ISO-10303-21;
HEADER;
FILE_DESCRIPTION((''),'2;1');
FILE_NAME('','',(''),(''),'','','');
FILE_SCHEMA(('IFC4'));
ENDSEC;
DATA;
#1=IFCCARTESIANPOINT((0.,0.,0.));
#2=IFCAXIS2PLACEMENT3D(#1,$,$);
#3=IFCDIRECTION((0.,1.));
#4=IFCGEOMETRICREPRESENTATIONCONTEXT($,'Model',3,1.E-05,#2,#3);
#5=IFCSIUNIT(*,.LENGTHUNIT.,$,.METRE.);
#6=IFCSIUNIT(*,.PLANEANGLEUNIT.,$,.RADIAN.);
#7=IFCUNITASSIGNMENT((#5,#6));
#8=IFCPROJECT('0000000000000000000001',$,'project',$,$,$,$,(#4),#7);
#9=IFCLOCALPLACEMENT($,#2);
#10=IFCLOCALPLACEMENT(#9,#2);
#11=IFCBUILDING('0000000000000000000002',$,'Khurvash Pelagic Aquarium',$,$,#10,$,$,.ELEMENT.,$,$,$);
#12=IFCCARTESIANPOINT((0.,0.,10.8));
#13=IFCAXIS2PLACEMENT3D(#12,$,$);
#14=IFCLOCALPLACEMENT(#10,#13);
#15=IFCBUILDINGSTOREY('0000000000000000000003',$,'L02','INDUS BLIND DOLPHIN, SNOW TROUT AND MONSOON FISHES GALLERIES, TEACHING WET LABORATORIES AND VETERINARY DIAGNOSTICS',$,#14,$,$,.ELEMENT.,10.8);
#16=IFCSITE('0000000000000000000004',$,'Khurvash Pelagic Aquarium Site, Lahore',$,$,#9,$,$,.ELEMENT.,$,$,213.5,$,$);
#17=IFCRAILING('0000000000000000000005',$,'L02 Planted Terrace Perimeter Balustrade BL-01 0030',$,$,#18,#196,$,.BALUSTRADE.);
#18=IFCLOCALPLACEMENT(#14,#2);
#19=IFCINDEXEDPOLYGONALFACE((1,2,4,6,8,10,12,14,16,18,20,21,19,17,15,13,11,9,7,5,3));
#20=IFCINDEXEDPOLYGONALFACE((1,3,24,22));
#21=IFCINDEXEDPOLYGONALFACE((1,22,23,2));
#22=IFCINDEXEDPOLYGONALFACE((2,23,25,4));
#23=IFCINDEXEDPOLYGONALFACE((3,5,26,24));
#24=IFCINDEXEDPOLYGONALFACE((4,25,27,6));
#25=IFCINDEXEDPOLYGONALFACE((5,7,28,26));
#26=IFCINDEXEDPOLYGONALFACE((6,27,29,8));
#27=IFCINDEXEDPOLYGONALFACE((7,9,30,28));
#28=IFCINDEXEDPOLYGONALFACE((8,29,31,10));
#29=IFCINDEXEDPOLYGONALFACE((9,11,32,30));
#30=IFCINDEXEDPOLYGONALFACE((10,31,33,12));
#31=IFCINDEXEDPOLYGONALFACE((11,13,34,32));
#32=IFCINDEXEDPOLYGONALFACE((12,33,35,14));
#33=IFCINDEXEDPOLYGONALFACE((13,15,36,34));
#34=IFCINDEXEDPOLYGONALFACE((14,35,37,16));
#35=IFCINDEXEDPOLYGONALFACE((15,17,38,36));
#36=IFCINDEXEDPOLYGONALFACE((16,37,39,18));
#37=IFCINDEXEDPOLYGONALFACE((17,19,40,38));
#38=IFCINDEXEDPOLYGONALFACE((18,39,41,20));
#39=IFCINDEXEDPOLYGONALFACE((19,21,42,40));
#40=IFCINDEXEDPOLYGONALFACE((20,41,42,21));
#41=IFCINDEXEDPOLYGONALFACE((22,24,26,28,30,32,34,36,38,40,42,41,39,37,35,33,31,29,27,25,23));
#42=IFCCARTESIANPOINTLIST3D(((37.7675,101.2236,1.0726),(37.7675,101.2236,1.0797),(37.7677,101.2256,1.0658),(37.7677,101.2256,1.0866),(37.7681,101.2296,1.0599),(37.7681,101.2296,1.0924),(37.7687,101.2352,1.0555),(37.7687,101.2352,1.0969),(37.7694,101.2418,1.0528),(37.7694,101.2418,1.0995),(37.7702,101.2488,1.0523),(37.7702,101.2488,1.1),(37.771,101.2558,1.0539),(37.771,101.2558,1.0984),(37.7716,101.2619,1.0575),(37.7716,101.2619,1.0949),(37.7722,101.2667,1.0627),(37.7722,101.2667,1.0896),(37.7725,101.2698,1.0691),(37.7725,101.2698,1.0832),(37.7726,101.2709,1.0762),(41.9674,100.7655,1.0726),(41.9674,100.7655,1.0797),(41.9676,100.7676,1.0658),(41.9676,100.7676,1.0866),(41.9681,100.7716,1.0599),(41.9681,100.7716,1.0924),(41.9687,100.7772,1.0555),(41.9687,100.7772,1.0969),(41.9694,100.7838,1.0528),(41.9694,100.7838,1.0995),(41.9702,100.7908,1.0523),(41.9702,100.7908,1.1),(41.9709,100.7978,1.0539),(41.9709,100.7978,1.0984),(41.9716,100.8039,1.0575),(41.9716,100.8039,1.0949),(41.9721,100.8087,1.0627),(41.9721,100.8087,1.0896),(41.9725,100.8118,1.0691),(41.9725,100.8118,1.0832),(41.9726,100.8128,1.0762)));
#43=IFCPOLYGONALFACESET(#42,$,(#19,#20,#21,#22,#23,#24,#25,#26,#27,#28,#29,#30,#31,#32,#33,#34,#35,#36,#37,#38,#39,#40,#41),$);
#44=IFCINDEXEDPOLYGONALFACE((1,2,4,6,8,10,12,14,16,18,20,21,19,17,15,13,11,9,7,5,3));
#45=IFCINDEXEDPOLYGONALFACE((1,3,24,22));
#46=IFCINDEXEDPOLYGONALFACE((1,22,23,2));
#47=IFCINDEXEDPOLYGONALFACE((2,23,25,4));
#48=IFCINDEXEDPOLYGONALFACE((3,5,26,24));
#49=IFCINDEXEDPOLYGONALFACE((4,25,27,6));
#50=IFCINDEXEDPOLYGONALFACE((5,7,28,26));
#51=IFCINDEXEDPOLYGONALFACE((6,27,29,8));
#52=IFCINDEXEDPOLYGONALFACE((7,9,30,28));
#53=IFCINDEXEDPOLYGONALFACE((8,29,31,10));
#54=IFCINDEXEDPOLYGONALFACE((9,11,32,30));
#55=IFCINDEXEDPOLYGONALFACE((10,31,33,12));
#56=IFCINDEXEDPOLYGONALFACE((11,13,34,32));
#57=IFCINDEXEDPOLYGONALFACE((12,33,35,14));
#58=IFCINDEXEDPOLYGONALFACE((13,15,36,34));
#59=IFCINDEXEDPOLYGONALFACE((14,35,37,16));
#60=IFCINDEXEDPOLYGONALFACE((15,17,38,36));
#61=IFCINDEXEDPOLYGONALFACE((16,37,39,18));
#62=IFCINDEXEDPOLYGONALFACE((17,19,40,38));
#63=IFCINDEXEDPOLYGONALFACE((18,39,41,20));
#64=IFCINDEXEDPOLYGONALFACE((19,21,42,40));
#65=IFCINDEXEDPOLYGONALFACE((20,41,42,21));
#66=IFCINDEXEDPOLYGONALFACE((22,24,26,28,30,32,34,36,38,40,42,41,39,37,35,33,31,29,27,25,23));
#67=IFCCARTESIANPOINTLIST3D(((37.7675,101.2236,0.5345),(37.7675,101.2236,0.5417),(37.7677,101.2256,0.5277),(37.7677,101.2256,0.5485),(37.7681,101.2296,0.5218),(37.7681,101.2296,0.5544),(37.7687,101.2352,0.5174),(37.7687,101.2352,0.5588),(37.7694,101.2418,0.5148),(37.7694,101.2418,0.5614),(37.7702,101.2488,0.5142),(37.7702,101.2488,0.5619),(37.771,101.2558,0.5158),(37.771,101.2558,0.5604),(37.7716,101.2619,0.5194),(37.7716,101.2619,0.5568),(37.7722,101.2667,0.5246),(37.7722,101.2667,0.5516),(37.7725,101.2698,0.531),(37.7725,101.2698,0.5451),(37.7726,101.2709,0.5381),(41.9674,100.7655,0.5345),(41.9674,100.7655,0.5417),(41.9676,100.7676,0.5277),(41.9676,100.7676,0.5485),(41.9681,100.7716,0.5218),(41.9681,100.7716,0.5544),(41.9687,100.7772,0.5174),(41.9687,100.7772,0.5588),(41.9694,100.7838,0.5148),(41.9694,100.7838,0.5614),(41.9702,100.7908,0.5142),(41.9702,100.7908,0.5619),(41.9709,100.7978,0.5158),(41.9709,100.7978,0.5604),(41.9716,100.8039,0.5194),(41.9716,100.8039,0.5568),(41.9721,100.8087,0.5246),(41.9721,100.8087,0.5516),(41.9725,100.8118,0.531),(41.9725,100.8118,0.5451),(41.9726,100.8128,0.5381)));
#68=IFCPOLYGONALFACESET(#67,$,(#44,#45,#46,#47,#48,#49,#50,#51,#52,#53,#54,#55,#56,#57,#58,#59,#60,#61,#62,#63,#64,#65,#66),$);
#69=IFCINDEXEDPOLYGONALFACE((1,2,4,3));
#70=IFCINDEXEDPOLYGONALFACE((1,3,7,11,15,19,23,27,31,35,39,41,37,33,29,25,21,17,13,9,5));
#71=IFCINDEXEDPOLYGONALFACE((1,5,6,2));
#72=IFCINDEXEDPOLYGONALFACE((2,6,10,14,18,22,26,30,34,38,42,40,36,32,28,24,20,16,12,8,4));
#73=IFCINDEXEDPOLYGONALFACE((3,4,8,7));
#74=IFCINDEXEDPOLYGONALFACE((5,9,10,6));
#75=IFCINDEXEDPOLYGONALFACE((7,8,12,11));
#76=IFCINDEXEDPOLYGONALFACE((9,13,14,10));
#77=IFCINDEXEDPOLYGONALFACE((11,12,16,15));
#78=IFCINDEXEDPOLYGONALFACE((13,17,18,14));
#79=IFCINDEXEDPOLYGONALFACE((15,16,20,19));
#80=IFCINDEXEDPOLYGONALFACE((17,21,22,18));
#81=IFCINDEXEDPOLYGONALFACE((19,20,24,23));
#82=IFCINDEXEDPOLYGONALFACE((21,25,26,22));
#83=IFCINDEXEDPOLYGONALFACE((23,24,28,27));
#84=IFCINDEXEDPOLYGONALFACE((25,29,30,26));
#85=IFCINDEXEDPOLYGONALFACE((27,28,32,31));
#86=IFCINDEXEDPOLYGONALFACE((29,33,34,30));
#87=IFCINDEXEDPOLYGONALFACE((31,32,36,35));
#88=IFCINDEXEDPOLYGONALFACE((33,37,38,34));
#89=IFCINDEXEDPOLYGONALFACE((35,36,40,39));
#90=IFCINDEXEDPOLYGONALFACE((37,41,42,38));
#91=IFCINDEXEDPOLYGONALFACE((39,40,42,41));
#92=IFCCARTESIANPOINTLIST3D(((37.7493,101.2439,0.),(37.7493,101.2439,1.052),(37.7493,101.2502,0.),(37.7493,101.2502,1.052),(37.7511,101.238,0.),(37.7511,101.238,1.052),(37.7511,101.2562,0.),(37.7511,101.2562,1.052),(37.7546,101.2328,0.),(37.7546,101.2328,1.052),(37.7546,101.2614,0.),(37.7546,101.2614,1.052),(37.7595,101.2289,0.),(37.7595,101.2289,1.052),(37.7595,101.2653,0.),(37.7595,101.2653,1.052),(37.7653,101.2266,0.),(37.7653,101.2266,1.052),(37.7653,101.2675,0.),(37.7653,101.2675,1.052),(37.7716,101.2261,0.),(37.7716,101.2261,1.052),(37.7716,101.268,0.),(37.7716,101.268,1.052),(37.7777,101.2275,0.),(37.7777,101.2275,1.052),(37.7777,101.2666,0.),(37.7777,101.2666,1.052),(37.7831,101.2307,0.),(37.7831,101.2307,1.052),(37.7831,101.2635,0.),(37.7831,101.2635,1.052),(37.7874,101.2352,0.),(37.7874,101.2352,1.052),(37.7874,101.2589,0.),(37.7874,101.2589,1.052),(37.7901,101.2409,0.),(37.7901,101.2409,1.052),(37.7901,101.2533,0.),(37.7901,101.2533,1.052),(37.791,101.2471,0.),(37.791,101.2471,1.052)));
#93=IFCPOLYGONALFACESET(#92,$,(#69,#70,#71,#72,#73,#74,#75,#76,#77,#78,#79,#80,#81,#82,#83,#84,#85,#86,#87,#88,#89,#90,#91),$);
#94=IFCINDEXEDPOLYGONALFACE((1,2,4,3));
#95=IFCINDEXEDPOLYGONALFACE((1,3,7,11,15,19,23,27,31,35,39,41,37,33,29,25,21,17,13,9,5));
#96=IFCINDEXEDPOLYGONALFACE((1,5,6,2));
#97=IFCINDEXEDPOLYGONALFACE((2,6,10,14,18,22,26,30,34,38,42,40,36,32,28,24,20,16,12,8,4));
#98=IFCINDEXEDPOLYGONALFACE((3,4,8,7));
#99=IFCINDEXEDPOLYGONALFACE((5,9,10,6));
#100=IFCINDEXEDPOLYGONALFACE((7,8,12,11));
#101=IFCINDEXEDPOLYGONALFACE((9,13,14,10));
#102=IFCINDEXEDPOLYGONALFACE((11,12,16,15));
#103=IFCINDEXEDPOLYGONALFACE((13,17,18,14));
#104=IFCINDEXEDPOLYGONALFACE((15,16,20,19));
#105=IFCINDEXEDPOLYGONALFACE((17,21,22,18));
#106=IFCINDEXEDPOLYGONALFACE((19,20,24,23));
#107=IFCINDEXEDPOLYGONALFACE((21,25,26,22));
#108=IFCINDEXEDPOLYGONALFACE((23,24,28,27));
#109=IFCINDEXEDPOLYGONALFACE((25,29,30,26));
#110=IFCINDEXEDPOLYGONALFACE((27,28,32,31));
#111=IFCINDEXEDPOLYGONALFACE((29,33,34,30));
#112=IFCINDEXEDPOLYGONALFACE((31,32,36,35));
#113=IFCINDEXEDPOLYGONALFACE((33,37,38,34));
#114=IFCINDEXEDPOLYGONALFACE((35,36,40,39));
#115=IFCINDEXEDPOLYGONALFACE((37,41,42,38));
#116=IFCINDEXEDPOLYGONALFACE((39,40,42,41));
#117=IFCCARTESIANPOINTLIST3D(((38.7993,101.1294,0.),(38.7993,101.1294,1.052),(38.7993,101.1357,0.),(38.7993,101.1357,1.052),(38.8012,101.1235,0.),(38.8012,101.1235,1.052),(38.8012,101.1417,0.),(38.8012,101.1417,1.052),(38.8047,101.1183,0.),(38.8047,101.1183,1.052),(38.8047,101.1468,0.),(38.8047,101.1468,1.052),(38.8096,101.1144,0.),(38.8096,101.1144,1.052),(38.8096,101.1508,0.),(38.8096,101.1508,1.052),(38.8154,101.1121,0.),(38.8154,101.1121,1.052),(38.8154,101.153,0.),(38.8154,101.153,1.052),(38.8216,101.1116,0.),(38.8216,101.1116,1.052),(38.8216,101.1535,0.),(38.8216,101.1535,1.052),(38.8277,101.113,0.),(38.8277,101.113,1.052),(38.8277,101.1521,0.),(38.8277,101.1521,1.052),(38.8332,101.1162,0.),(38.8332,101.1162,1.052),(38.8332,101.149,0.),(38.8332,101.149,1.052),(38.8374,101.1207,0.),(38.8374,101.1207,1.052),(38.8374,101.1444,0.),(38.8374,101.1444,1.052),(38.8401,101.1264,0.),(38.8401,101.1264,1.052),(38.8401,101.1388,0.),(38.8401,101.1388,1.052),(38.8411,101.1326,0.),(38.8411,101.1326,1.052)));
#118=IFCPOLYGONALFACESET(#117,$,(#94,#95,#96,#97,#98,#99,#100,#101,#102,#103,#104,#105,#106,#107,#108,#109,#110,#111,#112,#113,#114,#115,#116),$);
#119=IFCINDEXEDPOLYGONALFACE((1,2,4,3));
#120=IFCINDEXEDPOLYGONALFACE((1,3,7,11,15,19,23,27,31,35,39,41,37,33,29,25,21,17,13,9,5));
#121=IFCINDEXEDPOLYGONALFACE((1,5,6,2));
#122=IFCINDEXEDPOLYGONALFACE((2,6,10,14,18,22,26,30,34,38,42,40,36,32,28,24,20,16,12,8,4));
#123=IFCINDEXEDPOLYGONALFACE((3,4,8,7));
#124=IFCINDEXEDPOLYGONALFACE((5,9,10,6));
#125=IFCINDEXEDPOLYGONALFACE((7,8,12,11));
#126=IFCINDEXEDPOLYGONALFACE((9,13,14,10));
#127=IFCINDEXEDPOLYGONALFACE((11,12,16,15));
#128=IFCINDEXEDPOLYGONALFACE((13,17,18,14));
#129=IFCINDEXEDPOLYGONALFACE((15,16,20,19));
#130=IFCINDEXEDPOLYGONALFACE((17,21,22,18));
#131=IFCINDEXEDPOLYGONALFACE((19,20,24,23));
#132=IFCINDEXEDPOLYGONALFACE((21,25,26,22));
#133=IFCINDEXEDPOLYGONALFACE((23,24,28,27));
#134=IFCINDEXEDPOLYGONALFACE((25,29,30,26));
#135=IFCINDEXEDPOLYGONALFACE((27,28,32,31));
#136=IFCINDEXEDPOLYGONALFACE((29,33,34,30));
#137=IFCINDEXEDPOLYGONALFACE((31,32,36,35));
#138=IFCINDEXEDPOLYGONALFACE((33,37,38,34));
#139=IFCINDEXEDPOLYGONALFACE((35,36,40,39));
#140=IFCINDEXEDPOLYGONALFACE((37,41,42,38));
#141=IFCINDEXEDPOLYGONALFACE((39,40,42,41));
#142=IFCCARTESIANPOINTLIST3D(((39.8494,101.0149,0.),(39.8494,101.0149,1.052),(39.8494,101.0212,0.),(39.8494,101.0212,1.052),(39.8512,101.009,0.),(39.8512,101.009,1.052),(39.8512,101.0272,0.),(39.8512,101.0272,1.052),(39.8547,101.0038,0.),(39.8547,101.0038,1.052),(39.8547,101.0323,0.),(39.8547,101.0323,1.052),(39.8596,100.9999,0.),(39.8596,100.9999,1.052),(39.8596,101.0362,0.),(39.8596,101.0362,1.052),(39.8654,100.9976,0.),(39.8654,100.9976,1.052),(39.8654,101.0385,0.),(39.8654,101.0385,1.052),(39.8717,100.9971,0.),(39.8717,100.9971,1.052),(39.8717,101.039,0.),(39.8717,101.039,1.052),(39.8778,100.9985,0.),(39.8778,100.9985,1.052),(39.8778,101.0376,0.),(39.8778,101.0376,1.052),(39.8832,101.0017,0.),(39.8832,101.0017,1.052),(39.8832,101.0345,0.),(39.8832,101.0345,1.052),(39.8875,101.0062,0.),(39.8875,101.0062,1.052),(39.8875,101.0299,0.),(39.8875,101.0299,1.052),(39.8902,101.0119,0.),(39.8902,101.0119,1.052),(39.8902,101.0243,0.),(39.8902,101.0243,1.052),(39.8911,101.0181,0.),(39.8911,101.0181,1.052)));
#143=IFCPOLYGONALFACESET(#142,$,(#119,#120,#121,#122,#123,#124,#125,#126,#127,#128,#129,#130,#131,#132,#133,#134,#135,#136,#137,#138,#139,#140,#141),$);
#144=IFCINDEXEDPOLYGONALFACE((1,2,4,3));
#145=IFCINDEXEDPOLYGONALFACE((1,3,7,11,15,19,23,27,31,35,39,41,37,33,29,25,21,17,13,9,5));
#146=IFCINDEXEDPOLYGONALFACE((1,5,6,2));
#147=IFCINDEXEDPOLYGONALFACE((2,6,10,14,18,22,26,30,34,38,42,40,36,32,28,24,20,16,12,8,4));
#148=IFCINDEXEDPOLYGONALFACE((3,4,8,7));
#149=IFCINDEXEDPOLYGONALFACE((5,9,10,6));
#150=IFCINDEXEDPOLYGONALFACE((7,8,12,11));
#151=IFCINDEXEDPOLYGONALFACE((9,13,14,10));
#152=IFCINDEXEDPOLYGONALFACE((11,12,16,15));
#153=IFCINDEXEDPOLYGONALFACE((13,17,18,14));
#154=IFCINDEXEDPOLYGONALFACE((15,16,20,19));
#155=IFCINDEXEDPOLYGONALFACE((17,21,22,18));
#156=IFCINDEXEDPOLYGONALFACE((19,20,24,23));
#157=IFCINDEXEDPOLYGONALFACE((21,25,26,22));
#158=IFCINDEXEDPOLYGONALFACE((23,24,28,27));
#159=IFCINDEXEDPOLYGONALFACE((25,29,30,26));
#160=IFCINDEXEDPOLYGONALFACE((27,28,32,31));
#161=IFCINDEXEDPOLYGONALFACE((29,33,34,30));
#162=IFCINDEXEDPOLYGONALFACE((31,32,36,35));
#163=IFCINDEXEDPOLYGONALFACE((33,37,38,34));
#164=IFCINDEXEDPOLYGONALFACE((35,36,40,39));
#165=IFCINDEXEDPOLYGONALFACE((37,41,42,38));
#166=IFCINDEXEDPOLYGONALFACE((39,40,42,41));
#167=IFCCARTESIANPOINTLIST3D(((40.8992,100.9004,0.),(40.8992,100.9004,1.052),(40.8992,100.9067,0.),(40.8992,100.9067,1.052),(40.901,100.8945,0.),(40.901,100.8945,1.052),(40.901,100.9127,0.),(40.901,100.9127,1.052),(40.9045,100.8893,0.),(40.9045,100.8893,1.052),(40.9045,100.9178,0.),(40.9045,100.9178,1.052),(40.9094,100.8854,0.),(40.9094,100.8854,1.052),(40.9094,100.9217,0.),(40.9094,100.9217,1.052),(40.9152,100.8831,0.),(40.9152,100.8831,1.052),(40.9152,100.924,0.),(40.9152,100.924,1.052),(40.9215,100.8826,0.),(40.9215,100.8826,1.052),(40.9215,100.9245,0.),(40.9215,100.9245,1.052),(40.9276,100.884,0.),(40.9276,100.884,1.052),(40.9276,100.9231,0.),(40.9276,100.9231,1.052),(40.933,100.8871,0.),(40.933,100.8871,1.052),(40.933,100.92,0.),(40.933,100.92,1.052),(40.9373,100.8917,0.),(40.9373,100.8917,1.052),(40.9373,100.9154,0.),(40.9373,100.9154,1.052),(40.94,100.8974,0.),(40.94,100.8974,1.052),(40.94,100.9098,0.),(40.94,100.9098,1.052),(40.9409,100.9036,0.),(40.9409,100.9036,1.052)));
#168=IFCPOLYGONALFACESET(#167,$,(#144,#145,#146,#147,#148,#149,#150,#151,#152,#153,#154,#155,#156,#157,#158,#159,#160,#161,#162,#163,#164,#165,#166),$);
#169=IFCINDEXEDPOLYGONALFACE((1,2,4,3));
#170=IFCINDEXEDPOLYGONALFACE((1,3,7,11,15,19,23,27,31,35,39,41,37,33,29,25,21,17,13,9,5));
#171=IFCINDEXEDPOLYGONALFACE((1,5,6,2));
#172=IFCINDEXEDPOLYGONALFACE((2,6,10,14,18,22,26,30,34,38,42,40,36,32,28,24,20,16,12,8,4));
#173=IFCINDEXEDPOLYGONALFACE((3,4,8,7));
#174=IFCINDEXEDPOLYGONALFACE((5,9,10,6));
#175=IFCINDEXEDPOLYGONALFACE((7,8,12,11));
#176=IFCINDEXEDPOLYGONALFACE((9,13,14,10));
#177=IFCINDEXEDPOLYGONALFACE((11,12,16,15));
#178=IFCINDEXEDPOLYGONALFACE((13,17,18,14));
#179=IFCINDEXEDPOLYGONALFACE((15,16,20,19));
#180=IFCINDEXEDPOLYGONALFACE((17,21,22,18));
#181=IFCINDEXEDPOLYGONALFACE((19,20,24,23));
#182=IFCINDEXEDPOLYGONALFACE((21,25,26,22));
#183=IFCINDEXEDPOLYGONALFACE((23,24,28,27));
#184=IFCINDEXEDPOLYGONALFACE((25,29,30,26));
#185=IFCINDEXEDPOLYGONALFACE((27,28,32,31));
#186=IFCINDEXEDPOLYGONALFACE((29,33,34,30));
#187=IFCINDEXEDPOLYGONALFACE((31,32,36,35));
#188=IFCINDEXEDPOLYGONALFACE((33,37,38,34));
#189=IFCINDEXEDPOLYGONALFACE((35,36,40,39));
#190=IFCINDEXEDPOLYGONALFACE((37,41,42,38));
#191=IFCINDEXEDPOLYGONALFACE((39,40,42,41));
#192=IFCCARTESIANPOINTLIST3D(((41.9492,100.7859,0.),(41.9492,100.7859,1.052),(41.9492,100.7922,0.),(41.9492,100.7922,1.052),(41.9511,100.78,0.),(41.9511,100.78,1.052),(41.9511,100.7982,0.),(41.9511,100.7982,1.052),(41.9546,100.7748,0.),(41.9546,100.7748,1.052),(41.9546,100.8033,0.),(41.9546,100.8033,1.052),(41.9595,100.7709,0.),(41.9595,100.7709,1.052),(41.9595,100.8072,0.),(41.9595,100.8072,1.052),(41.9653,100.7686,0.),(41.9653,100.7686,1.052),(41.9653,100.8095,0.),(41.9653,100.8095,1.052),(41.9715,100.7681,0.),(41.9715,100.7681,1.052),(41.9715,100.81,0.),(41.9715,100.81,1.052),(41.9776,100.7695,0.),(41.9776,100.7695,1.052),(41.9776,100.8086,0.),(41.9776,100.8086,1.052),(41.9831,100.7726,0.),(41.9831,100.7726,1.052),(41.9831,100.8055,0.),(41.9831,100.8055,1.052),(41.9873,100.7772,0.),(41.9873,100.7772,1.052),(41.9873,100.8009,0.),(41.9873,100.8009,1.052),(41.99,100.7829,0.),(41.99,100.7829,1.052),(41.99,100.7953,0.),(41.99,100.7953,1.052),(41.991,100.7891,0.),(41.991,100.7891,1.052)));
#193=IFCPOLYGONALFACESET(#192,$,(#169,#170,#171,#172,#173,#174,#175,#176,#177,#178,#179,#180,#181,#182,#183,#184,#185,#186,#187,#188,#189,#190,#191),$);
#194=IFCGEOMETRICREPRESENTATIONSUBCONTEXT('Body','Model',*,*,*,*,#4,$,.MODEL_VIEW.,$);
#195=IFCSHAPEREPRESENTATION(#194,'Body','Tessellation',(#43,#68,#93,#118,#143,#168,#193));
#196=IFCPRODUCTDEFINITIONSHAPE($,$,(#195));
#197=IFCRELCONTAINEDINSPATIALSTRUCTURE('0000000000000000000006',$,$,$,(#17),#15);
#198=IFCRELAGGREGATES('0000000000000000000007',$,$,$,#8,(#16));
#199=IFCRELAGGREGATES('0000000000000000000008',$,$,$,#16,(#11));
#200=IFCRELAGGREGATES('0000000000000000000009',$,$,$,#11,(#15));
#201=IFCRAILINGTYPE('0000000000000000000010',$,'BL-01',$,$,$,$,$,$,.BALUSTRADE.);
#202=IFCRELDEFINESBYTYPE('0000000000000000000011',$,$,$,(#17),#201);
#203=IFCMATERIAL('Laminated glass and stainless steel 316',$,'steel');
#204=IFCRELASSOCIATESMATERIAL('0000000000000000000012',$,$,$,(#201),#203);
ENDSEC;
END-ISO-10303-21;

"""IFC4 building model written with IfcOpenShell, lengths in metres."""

from ifc_helpers import new_model, si_unit, direction, frame, origin, origin_2d, place, context, subcontext, project, spatial, circle, extrude, material, type_object, element, save


model = new_model("IFC4")

# Units and contexts
model_context = context("Model", 3, precision=1e-05, world=origin(), true_north=direction((0.0, 1.0)))
body_context = subcontext(model_context, "Body", "Model", "MODEL_VIEW")
ifc_project = project(units=[si_unit("LENGTHUNIT", "METRE"), si_unit("PLANEANGLEUNIT", "RADIAN")], contexts=[model_context])

# Site, building, storey
site_placement = place(None, origin())
site = spatial("IfcSite", under=ifc_project, at=site_placement, Name="Khurvash Pelagic Aquarium Site, Lahore", CompositionType="ELEMENT", RefElevation=213.5)
building_placement = place(site_placement, origin())
building = spatial("IfcBuilding", under=site, at=building_placement, Name="Khurvash Pelagic Aquarium", CompositionType="ELEMENT")
storey_placement = place(building_placement, frame((0.0, 0.0, 10.8)))
storey = spatial("IfcBuildingStorey", under=building, at=storey_placement, Name="L02", Description="INDUS BLIND DOLPHIN, SNOW TROUT AND MONSOON FISHES GALLERIES, TEACHING WET LABORATORIES AND VETERINARY DIAGNOSTICS", CompositionType="ELEMENT", Elevation=10.8)

# Railing
ifc_material_1 = material(Name="Laminated glass and stainless steel 316", Category="steel")
railing_type = type_object("IfcRailingType", Name="BL-01", PredefinedType="BALUSTRADE", material=ifc_material_1)
railing_1_placement = place(storey_placement, frame((37.77, 101.2471, 0.0)))
element("IfcRailing", 1, at=railing_1_placement, inside=storey, type_object=railing_type, Name="L02 Planted Terrace Perimeter Balustrade BL-01 0030", PredefinedType="BALUSTRADE", context=body_context, shape_type="SweptSolid", body=[
    extrude(circle(Radius=0.0239, at=origin_2d()), frame((0.0, 0.0, 1.0762), z_axis=(0.994106, -0.108408, 0.0), x_axis=(0.108408, 0.994106, 0.0)), (0.0, 0.0, 1.0), 4.2249),
    extrude(circle(Radius=0.0239, at=origin_2d()), frame((0.0, 0.0, 0.5381), z_axis=(0.994106, -0.108408, 0.0), x_axis=(0.108408, 0.994106, 0.0)), (0.0, 0.0, 1.0), 4.2249),
    extrude(circle(Radius=0.021, at=origin_2d()), origin(), (0.0, 0.0, 1.0), 1.052),
    extrude(circle(Radius=0.021, at=origin_2d()), frame((1.05, -0.1145, 0.0)), (0.0, 0.0, 1.0), 1.052),
    extrude(circle(Radius=0.021, at=origin_2d()), frame((2.1001, -0.229, 0.0)), (0.0, 0.0, 1.0), 1.052),
    extrude(circle(Radius=0.021, at=origin_2d()), frame((3.1499, -0.3435, 0.0)), (0.0, 0.0, 1.0), 1.052),
    extrude(circle(Radius=0.021, at=origin_2d()), frame((4.2, -0.458, 0.0)), (0.0, 0.0, 1.0), 1.052),
])

save(model, "model.ifc")
